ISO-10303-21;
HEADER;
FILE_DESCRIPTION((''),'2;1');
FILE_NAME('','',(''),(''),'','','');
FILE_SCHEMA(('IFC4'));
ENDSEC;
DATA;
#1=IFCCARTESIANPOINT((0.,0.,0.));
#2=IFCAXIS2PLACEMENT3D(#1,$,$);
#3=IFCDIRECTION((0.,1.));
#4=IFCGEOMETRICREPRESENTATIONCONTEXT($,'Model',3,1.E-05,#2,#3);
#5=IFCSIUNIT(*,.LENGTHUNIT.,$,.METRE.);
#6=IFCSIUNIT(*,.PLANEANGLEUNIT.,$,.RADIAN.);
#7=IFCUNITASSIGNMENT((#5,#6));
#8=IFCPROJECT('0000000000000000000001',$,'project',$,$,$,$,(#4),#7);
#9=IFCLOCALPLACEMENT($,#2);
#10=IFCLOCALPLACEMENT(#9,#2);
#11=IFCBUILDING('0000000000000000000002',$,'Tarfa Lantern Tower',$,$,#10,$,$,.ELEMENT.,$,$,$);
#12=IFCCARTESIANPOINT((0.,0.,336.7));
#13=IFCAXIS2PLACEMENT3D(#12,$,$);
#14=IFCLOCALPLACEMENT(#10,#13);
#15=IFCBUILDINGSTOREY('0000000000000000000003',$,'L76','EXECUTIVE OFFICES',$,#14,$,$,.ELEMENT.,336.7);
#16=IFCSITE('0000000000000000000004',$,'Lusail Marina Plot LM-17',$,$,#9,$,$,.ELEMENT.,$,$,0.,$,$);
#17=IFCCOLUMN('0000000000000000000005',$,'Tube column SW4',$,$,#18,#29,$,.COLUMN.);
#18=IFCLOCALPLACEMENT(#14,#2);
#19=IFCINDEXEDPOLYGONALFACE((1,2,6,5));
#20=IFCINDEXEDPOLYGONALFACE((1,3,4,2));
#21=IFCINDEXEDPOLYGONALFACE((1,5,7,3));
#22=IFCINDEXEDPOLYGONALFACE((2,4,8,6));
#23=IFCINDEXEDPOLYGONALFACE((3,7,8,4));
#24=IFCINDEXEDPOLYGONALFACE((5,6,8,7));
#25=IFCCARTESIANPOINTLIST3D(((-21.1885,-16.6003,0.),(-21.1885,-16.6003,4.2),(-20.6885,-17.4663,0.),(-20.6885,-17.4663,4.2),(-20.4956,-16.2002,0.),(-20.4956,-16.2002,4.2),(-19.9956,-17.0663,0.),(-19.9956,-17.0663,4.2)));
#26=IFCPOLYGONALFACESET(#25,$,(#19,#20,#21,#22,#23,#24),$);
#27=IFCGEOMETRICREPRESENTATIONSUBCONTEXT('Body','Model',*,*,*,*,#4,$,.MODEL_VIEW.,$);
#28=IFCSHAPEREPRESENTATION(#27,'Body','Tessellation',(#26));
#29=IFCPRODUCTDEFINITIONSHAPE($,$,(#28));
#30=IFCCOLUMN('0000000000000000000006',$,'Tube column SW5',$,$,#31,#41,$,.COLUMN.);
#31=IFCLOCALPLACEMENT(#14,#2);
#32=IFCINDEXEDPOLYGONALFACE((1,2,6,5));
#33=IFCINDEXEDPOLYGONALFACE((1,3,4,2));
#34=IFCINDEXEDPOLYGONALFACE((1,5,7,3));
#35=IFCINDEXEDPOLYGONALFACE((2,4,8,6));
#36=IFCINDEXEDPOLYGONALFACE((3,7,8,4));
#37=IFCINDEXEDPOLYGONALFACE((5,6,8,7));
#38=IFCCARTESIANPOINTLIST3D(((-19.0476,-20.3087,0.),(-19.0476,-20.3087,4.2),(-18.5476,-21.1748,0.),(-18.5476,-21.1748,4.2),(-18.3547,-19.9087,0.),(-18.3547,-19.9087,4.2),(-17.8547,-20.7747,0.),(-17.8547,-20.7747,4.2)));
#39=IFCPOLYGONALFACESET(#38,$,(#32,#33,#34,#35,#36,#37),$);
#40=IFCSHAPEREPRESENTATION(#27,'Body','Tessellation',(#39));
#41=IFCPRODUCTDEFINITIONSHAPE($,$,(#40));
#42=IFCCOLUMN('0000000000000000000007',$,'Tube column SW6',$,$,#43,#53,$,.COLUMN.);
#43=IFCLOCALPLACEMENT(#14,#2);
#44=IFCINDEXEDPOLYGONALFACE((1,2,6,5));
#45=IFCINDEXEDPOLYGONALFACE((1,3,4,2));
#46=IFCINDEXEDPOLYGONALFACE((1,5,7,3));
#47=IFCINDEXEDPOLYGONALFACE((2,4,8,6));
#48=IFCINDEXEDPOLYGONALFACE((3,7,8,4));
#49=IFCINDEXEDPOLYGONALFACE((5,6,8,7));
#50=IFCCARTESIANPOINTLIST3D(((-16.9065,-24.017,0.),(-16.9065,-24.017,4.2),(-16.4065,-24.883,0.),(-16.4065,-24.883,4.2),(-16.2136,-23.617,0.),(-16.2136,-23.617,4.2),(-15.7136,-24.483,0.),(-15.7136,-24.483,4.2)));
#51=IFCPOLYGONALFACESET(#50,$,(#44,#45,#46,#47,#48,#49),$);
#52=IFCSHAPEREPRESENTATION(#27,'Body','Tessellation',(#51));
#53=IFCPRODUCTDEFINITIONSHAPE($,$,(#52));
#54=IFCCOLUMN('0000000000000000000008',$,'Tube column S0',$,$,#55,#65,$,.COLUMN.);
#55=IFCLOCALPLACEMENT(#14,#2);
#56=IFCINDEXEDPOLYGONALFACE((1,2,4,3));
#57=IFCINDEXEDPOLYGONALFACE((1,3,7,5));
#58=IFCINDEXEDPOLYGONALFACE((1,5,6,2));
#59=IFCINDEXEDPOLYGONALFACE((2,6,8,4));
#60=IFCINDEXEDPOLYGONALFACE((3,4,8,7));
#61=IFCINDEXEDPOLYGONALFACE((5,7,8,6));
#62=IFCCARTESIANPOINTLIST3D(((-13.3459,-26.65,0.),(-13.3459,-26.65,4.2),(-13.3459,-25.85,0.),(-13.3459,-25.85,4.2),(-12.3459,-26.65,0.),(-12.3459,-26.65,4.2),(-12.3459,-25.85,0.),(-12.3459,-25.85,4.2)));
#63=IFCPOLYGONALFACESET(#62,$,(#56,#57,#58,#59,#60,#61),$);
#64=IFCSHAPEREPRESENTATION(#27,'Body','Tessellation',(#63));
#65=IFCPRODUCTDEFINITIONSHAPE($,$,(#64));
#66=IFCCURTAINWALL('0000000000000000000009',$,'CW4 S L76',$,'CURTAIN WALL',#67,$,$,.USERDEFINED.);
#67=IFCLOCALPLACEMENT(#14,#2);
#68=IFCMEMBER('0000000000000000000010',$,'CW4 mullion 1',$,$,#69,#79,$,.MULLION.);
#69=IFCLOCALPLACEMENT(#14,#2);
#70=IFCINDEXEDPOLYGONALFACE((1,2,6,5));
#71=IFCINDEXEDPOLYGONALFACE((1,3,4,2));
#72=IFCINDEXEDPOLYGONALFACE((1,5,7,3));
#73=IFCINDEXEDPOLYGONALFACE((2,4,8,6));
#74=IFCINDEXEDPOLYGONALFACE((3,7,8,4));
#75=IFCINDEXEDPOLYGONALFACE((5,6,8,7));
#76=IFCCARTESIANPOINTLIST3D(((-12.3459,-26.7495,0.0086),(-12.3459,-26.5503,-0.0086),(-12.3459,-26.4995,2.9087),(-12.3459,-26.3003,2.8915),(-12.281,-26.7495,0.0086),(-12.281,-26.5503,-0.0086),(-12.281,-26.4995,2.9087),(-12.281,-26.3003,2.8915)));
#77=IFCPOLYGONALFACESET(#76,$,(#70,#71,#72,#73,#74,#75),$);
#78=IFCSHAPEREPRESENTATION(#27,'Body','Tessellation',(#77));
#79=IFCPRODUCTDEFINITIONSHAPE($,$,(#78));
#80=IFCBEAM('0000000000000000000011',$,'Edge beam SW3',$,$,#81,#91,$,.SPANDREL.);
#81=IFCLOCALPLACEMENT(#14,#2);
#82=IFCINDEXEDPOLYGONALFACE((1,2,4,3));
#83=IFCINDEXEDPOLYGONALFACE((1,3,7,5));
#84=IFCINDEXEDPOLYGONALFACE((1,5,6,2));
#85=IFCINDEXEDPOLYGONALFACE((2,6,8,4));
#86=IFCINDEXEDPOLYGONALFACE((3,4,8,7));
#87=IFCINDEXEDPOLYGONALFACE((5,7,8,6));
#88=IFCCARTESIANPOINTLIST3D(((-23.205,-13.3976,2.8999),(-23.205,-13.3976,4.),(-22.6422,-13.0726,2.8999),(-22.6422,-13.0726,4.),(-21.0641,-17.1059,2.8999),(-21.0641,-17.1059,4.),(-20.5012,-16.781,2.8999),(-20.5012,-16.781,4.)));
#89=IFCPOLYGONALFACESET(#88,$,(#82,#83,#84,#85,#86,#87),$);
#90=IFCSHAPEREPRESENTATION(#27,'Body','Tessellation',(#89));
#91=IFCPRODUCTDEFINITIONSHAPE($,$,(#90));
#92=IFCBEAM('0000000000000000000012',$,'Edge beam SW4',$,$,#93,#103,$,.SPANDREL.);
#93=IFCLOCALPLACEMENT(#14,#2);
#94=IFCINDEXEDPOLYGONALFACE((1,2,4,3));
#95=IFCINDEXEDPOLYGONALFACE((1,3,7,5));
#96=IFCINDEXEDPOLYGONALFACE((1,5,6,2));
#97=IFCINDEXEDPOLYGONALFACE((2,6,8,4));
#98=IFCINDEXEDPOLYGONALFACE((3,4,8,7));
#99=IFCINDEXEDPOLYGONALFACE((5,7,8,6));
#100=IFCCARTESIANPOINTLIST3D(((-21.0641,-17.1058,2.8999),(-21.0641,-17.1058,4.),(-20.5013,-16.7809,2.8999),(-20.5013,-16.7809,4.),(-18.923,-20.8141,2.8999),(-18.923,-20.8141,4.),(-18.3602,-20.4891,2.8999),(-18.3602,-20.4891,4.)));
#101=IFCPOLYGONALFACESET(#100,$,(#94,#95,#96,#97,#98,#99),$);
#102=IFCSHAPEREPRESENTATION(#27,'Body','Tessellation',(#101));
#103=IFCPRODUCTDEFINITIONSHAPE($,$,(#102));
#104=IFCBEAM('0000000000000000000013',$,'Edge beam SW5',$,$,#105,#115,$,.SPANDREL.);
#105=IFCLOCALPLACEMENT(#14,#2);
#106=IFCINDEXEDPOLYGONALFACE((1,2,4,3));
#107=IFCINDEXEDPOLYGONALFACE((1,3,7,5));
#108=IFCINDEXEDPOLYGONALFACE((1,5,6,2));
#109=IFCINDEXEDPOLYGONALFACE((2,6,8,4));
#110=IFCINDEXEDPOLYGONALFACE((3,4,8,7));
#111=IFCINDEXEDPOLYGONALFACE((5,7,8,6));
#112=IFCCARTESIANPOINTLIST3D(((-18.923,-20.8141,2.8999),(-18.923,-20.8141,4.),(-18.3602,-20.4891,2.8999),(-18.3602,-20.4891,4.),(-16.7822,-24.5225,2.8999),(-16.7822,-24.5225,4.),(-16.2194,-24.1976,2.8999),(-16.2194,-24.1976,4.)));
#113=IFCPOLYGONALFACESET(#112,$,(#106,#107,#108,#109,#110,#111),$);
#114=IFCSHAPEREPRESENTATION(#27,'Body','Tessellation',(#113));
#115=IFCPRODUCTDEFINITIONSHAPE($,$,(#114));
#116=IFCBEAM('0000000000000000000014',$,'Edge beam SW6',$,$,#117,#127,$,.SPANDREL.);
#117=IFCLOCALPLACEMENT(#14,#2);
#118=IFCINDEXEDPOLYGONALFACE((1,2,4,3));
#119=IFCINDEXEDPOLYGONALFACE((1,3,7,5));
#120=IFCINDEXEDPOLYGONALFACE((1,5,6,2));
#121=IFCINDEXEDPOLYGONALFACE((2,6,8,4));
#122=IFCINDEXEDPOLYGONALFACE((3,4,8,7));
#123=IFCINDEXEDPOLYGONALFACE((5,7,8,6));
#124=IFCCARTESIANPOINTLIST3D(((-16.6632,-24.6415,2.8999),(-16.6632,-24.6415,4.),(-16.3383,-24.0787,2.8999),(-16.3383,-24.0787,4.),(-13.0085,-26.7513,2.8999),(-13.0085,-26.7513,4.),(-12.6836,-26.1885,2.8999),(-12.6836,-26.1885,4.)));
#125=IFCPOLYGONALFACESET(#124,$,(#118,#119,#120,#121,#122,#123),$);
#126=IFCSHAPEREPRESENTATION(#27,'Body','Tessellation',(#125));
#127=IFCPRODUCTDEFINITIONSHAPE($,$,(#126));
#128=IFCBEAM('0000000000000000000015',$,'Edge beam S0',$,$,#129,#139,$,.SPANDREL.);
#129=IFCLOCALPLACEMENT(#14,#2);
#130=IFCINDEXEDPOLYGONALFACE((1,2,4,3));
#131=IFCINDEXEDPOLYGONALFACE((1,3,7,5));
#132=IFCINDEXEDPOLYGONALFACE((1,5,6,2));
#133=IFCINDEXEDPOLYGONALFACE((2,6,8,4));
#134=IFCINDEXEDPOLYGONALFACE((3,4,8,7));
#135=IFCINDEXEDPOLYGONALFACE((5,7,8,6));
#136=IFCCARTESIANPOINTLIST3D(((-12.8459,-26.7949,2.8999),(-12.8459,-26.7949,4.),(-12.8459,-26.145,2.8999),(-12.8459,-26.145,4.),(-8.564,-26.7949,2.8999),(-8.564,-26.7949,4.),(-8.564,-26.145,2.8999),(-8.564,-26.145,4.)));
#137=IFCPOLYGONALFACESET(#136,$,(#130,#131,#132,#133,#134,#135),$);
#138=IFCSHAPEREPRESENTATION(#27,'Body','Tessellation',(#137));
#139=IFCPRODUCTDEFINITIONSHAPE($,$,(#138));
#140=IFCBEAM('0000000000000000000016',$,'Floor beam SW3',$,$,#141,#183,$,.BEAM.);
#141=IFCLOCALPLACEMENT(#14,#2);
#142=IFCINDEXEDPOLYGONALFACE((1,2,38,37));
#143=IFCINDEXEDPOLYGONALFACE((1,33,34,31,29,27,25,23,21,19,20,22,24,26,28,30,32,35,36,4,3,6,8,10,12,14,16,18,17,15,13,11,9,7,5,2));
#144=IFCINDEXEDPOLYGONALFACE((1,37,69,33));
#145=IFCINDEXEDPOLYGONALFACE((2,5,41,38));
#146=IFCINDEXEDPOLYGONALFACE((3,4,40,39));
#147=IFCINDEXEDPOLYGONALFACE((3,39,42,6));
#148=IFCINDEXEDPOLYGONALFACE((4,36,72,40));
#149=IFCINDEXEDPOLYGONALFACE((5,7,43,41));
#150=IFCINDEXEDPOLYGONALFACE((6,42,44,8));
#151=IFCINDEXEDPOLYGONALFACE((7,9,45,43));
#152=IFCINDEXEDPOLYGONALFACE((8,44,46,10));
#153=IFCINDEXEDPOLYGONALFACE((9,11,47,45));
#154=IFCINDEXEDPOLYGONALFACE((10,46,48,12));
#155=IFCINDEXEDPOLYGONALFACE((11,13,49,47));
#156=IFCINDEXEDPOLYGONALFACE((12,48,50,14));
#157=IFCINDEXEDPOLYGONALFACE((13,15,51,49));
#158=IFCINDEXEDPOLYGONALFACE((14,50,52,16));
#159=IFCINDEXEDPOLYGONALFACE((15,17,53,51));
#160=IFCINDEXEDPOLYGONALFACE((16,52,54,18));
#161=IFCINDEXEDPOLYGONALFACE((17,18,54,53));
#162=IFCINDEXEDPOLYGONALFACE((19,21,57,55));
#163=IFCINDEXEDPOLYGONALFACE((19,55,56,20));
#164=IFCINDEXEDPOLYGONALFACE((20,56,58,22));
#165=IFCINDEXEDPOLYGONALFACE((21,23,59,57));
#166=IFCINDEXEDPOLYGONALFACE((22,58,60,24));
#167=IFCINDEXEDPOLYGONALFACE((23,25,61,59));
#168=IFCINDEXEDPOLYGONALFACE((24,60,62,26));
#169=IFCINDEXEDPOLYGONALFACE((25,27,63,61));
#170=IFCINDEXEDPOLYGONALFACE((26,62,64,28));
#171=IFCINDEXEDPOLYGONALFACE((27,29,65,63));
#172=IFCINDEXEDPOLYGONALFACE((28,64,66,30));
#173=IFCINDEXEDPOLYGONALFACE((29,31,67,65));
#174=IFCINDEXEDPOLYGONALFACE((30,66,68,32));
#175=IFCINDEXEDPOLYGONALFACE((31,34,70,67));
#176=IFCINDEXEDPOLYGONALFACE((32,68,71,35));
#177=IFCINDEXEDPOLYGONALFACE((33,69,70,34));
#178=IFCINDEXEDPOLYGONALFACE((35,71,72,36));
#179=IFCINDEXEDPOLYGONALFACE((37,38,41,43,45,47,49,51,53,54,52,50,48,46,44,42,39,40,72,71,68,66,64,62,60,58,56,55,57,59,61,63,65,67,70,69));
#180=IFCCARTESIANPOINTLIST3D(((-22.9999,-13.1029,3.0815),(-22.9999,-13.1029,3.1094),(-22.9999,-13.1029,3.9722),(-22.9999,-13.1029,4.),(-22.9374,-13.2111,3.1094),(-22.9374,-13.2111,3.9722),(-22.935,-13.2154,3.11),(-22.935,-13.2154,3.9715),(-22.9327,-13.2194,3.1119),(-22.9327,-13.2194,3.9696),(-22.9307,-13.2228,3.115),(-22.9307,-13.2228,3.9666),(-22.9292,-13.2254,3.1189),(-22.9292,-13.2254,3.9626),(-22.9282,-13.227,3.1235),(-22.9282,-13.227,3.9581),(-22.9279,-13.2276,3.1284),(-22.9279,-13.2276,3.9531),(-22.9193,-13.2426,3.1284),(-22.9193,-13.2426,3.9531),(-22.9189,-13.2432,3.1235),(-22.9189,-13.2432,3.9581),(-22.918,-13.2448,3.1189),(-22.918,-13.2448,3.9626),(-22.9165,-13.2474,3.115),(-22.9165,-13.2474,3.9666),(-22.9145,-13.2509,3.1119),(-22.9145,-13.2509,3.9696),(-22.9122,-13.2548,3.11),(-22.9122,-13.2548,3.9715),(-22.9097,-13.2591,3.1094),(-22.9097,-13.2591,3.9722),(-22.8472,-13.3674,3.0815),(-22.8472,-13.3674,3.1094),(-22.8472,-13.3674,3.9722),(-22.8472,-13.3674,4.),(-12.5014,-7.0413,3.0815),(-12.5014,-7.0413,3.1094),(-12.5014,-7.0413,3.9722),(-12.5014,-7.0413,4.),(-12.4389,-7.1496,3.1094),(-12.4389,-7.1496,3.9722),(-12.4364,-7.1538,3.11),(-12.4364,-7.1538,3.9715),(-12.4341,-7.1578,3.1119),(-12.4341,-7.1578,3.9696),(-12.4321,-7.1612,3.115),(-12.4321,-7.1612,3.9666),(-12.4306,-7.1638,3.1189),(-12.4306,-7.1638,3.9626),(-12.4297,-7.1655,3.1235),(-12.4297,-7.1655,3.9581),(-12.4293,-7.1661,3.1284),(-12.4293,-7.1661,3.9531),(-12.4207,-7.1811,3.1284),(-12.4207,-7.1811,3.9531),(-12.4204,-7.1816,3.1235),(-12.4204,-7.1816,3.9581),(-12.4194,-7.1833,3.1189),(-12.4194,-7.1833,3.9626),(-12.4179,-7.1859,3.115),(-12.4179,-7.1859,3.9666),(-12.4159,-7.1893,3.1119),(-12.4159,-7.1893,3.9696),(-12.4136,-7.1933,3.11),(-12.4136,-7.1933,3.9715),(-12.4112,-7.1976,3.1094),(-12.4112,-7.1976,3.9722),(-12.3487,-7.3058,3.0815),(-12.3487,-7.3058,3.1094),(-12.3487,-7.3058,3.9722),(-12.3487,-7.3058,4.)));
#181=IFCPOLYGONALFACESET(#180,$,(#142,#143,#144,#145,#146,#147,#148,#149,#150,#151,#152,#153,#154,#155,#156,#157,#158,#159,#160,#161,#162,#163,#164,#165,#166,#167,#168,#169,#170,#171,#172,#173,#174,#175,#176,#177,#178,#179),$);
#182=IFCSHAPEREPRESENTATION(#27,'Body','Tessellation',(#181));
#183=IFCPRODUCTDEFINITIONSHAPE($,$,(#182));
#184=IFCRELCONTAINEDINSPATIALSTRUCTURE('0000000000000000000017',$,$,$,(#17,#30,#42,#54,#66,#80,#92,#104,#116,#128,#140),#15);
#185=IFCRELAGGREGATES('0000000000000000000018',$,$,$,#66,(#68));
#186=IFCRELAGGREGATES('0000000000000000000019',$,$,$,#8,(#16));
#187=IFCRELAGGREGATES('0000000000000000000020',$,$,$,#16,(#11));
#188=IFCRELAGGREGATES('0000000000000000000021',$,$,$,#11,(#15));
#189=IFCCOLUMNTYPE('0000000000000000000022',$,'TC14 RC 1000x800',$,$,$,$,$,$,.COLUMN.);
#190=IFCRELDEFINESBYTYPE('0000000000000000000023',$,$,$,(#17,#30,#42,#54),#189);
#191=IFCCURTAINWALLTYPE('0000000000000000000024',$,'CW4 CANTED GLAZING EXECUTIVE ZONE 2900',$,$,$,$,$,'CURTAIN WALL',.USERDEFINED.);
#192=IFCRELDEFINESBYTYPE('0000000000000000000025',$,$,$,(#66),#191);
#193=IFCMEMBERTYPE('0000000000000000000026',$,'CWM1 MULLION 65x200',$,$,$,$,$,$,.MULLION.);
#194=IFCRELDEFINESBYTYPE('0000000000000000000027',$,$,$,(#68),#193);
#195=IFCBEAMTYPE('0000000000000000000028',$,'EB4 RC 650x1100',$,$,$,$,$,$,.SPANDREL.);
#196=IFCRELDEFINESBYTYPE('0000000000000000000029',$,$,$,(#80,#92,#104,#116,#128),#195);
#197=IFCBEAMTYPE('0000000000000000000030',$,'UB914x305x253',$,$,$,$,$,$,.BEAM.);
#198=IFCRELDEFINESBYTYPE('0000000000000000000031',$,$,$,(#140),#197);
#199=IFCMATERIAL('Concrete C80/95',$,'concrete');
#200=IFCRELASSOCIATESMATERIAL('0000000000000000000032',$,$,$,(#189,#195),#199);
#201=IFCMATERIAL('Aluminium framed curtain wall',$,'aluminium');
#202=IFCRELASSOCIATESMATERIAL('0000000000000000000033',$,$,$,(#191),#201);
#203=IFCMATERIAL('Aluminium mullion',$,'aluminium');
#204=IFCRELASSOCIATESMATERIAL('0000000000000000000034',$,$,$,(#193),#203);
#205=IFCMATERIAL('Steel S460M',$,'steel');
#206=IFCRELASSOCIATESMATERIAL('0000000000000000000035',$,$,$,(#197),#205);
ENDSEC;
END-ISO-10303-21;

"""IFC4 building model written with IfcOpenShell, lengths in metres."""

from ifc_helpers import new_model, si_unit, direction, frame, origin, origin_2d, place, context, subcontext, project, spatial, rectangle, i_section, extrude, material, material_profile, profile_set, type_object, element, aggregate, save


model = new_model("IFC4")

# Units and contexts
model_context = context("Model", 3, precision=1e-05, world=origin(), true_north=direction((0.0, 1.0)))
body_context = subcontext(model_context, "Body", "Model", "MODEL_VIEW")
ifc_project = project(units=[si_unit("LENGTHUNIT", "METRE"), si_unit("PLANEANGLEUNIT", "RADIAN")], contexts=[model_context])

# Site, building, storey
site_placement = place(None, origin())
site = spatial("IfcSite", under=ifc_project, at=site_placement, Name="Lusail Marina Plot LM-17", CompositionType="ELEMENT", RefElevation=0.0)
building_placement = place(site_placement, origin())
building = spatial("IfcBuilding", under=site, at=building_placement, Name="Tarfa Lantern Tower", CompositionType="ELEMENT")
storey_placement = place(building_placement, frame((0.0, 0.0, 336.7)))
storey = spatial("IfcBuildingStorey", under=building, at=storey_placement, Name="L76", Description="EXECUTIVE OFFICES", CompositionType="ELEMENT", Elevation=336.7)

# Columns
ifc_material_1 = material(Name="Concrete C80/95", Category="concrete")
ifc_material_profile_1 = material_profile(ifc_material_1, rectangle(XDim=1.0, YDim=0.8, at=origin_2d()), Name="RC 1000x800")
ifc_profile_set_1 = profile_set([ifc_material_profile_1], Name="Concrete C80/95")
column_type = type_object("IfcColumnType", Name="TC14 RC 1000x800", PredefinedType="COLUMN", material=ifc_profile_set_1)
for number, where, z_axis, x_axis, name in (
    (1, (-20.592, -16.8333, 0.0), (0.0, 0.0, 1.0), (0.5, -0.866025, 0.0), "Tube column SW4"),
    (2, (-18.4512, -20.5417, 0.0), (0.0, 0.0, 1.0), (0.5, -0.866025, 0.0), "Tube column SW5"),
    (3, (-16.3101, -24.25, 0.0), (0.0, 0.0, 1.0), (0.5, -0.866025, 0.0), "Tube column SW6"),
    (4, (-12.8459, -26.25, 0.0), (0.0, 0.0, 1.0), (1.0, 0.0, 0.0), "Tube column S0"),
):
    element("IfcColumn", number, at=place(storey_placement, frame(where, z_axis=z_axis, x_axis=x_axis)), inside=storey, type_object=column_type, Name=name, PredefinedType="COLUMN", context=body_context, shape_type="SweptSolid", body=[
        extrude(rectangle(XDim=1.0, YDim=0.8, at=origin_2d()), origin(), (0.0, 0.0, 1.0), 4.2),
    ])

# Curtain wall, member
ifc_material_2 = material(Name="Aluminium framed curtain wall", Category="aluminium")
curtain_wall_type = type_object("IfcCurtainWallType", Name="CW4 CANTED GLAZING EXECUTIVE ZONE 2900", ElementType="CURTAIN WALL", PredefinedType="USERDEFINED", material=ifc_material_2)
curtain_wall_placement = place(storey_placement, origin())
curtain_wall = element("IfcCurtainWall", 5, at=curtain_wall_placement, inside=storey, type_object=curtain_wall_type, Name="CW4 S L76", ObjectType="CURTAIN WALL", PredefinedType="USERDEFINED")
ifc_material_3 = material(Name="Aluminium mullion", Category="aluminium")
ifc_material_profile_2 = material_profile(ifc_material_3, rectangle(XDim=0.0649, YDim=0.2, at=origin_2d()), Name="AL MULLION 65x200")
ifc_profile_set_2 = profile_set([ifc_material_profile_2], Name="Aluminium mullion")
member_type = type_object("IfcMemberType", Name="CWM1 MULLION 65x200", PredefinedType="MULLION", material=ifc_profile_set_2)
member_placement = place(storey_placement, frame((-12.3135, -26.6499, 0.0), z_axis=(0.0, 0.085884, 0.996305), x_axis=(-1.0, 0.0, 0.0)))
member = element("IfcMember", 6, at=member_placement, type_object=member_type, Name="CW4 mullion 1", PredefinedType="MULLION", context=body_context, shape_type="SweptSolid", body=[
    extrude(rectangle(XDim=0.0649, YDim=0.2, at=origin_2d()), origin(), (0.0, 0.0, 1.0), 2.9109),
])

# Beams
ifc_material_profile_3 = material_profile(ifc_material_1, rectangle(XDim=0.6499, YDim=1.1001, at=origin_2d()), Name="RC 650x1100")
ifc_profile_set_3 = profile_set([ifc_material_profile_3], Name="Concrete C80/95")
beam_type_1 = type_object("IfcBeamType", Name="EB4 RC 650x1100", PredefinedType="SPANDREL", material=ifc_profile_set_3)
for number, where, z_axis, x_axis, name in (
    (7, (-22.9236, -13.2351, 3.45), (0.499984, -0.866035, 0.0), (0.866035, 0.499984, 0.0), "Edge beam SW3"),
    (8, (-20.7827, -16.9434, 3.45), (0.500027, -0.86601, 0.0), (0.86601, 0.500027, 0.0), "Edge beam SW4"),
    (9, (-18.6416, -20.6516, 3.45), (0.499959, -0.866049, 0.0), (0.866049, 0.499959, 0.0), "Edge beam SW5"),
):
    element("IfcBeam", number, at=place(storey_placement, frame(where, z_axis=z_axis, x_axis=x_axis)), inside=storey, type_object=beam_type_1, Name=name, PredefinedType="SPANDREL", context=body_context, shape_type="SweptSolid", body=[
        extrude(rectangle(XDim=0.6499, YDim=1.1001, at=origin_2d()), origin(), (0.0, 0.0, 1.0), 4.282),
    ])
beam_1_placement = place(storey_placement, frame((-16.5007, -24.3601, 3.45), z_axis=(0.866049, -0.499959, 0.0), x_axis=(0.499959, 0.866049, 0.0)))
element("IfcBeam", 10, at=beam_1_placement, inside=storey, type_object=beam_type_1, Name="Edge beam SW6", PredefinedType="SPANDREL", context=body_context, shape_type="SweptSolid", body=[
    extrude(rectangle(XDim=0.6499, YDim=1.1001, at=origin_2d()), origin(), (0.0, 0.0, 1.0), 4.22),
])
beam_2_placement = place(storey_placement, frame((-12.8459, -26.47, 3.45), z_axis=(1.0, 0.0, 0.0), x_axis=(0.0, 1.0, 0.0)))
element("IfcBeam", 11, at=beam_2_placement, inside=storey, type_object=beam_type_1, Name="Edge beam S0", PredefinedType="SPANDREL", context=body_context, shape_type="SweptSolid", body=[
    extrude(rectangle(XDim=0.6499, YDim=1.1001, at=origin_2d()), origin(), (0.0, 0.0, 1.0), 4.282),
])
ifc_material_4 = material(Name="Steel S460M", Category="steel")
ifc_material_profile_4 = material_profile(ifc_material_4, i_section(OverallWidth=0.3054, OverallDepth=0.9185, WebThickness=0.0173, FlangeThickness=0.0278, FilletRadius=0.019, at=origin_2d()), Name="UB914x305x253")
ifc_profile_set_4 = profile_set([ifc_material_profile_4], Name="Steel S460M")
beam_type_2 = type_object("IfcBeamType", Name="UB914x305x253", PredefinedType="BEAM", material=ifc_profile_set_4)
beam_3_placement = place(storey_placement, frame((-22.9236, -13.2351, 3.5408), z_axis=(0.866019, 0.500012, 0.0), x_axis=(-0.500012, 0.866019, 0.0)))
element("IfcBeam", 12, at=beam_3_placement, inside=storey, type_object=beam_type_2, Name="Floor beam SW3", PredefinedType="BEAM", context=body_context, shape_type="SweptSolid", body=[
    extrude(i_section(OverallWidth=0.3054, OverallDepth=0.9185, WebThickness=0.0173, FlangeThickness=0.0278, FilletRadius=0.019, at=origin_2d()), origin(), (0.0, 0.0, 1.0), 12.1228),
])

aggregate(curtain_wall, [member])

save(model, "model.ifc")
